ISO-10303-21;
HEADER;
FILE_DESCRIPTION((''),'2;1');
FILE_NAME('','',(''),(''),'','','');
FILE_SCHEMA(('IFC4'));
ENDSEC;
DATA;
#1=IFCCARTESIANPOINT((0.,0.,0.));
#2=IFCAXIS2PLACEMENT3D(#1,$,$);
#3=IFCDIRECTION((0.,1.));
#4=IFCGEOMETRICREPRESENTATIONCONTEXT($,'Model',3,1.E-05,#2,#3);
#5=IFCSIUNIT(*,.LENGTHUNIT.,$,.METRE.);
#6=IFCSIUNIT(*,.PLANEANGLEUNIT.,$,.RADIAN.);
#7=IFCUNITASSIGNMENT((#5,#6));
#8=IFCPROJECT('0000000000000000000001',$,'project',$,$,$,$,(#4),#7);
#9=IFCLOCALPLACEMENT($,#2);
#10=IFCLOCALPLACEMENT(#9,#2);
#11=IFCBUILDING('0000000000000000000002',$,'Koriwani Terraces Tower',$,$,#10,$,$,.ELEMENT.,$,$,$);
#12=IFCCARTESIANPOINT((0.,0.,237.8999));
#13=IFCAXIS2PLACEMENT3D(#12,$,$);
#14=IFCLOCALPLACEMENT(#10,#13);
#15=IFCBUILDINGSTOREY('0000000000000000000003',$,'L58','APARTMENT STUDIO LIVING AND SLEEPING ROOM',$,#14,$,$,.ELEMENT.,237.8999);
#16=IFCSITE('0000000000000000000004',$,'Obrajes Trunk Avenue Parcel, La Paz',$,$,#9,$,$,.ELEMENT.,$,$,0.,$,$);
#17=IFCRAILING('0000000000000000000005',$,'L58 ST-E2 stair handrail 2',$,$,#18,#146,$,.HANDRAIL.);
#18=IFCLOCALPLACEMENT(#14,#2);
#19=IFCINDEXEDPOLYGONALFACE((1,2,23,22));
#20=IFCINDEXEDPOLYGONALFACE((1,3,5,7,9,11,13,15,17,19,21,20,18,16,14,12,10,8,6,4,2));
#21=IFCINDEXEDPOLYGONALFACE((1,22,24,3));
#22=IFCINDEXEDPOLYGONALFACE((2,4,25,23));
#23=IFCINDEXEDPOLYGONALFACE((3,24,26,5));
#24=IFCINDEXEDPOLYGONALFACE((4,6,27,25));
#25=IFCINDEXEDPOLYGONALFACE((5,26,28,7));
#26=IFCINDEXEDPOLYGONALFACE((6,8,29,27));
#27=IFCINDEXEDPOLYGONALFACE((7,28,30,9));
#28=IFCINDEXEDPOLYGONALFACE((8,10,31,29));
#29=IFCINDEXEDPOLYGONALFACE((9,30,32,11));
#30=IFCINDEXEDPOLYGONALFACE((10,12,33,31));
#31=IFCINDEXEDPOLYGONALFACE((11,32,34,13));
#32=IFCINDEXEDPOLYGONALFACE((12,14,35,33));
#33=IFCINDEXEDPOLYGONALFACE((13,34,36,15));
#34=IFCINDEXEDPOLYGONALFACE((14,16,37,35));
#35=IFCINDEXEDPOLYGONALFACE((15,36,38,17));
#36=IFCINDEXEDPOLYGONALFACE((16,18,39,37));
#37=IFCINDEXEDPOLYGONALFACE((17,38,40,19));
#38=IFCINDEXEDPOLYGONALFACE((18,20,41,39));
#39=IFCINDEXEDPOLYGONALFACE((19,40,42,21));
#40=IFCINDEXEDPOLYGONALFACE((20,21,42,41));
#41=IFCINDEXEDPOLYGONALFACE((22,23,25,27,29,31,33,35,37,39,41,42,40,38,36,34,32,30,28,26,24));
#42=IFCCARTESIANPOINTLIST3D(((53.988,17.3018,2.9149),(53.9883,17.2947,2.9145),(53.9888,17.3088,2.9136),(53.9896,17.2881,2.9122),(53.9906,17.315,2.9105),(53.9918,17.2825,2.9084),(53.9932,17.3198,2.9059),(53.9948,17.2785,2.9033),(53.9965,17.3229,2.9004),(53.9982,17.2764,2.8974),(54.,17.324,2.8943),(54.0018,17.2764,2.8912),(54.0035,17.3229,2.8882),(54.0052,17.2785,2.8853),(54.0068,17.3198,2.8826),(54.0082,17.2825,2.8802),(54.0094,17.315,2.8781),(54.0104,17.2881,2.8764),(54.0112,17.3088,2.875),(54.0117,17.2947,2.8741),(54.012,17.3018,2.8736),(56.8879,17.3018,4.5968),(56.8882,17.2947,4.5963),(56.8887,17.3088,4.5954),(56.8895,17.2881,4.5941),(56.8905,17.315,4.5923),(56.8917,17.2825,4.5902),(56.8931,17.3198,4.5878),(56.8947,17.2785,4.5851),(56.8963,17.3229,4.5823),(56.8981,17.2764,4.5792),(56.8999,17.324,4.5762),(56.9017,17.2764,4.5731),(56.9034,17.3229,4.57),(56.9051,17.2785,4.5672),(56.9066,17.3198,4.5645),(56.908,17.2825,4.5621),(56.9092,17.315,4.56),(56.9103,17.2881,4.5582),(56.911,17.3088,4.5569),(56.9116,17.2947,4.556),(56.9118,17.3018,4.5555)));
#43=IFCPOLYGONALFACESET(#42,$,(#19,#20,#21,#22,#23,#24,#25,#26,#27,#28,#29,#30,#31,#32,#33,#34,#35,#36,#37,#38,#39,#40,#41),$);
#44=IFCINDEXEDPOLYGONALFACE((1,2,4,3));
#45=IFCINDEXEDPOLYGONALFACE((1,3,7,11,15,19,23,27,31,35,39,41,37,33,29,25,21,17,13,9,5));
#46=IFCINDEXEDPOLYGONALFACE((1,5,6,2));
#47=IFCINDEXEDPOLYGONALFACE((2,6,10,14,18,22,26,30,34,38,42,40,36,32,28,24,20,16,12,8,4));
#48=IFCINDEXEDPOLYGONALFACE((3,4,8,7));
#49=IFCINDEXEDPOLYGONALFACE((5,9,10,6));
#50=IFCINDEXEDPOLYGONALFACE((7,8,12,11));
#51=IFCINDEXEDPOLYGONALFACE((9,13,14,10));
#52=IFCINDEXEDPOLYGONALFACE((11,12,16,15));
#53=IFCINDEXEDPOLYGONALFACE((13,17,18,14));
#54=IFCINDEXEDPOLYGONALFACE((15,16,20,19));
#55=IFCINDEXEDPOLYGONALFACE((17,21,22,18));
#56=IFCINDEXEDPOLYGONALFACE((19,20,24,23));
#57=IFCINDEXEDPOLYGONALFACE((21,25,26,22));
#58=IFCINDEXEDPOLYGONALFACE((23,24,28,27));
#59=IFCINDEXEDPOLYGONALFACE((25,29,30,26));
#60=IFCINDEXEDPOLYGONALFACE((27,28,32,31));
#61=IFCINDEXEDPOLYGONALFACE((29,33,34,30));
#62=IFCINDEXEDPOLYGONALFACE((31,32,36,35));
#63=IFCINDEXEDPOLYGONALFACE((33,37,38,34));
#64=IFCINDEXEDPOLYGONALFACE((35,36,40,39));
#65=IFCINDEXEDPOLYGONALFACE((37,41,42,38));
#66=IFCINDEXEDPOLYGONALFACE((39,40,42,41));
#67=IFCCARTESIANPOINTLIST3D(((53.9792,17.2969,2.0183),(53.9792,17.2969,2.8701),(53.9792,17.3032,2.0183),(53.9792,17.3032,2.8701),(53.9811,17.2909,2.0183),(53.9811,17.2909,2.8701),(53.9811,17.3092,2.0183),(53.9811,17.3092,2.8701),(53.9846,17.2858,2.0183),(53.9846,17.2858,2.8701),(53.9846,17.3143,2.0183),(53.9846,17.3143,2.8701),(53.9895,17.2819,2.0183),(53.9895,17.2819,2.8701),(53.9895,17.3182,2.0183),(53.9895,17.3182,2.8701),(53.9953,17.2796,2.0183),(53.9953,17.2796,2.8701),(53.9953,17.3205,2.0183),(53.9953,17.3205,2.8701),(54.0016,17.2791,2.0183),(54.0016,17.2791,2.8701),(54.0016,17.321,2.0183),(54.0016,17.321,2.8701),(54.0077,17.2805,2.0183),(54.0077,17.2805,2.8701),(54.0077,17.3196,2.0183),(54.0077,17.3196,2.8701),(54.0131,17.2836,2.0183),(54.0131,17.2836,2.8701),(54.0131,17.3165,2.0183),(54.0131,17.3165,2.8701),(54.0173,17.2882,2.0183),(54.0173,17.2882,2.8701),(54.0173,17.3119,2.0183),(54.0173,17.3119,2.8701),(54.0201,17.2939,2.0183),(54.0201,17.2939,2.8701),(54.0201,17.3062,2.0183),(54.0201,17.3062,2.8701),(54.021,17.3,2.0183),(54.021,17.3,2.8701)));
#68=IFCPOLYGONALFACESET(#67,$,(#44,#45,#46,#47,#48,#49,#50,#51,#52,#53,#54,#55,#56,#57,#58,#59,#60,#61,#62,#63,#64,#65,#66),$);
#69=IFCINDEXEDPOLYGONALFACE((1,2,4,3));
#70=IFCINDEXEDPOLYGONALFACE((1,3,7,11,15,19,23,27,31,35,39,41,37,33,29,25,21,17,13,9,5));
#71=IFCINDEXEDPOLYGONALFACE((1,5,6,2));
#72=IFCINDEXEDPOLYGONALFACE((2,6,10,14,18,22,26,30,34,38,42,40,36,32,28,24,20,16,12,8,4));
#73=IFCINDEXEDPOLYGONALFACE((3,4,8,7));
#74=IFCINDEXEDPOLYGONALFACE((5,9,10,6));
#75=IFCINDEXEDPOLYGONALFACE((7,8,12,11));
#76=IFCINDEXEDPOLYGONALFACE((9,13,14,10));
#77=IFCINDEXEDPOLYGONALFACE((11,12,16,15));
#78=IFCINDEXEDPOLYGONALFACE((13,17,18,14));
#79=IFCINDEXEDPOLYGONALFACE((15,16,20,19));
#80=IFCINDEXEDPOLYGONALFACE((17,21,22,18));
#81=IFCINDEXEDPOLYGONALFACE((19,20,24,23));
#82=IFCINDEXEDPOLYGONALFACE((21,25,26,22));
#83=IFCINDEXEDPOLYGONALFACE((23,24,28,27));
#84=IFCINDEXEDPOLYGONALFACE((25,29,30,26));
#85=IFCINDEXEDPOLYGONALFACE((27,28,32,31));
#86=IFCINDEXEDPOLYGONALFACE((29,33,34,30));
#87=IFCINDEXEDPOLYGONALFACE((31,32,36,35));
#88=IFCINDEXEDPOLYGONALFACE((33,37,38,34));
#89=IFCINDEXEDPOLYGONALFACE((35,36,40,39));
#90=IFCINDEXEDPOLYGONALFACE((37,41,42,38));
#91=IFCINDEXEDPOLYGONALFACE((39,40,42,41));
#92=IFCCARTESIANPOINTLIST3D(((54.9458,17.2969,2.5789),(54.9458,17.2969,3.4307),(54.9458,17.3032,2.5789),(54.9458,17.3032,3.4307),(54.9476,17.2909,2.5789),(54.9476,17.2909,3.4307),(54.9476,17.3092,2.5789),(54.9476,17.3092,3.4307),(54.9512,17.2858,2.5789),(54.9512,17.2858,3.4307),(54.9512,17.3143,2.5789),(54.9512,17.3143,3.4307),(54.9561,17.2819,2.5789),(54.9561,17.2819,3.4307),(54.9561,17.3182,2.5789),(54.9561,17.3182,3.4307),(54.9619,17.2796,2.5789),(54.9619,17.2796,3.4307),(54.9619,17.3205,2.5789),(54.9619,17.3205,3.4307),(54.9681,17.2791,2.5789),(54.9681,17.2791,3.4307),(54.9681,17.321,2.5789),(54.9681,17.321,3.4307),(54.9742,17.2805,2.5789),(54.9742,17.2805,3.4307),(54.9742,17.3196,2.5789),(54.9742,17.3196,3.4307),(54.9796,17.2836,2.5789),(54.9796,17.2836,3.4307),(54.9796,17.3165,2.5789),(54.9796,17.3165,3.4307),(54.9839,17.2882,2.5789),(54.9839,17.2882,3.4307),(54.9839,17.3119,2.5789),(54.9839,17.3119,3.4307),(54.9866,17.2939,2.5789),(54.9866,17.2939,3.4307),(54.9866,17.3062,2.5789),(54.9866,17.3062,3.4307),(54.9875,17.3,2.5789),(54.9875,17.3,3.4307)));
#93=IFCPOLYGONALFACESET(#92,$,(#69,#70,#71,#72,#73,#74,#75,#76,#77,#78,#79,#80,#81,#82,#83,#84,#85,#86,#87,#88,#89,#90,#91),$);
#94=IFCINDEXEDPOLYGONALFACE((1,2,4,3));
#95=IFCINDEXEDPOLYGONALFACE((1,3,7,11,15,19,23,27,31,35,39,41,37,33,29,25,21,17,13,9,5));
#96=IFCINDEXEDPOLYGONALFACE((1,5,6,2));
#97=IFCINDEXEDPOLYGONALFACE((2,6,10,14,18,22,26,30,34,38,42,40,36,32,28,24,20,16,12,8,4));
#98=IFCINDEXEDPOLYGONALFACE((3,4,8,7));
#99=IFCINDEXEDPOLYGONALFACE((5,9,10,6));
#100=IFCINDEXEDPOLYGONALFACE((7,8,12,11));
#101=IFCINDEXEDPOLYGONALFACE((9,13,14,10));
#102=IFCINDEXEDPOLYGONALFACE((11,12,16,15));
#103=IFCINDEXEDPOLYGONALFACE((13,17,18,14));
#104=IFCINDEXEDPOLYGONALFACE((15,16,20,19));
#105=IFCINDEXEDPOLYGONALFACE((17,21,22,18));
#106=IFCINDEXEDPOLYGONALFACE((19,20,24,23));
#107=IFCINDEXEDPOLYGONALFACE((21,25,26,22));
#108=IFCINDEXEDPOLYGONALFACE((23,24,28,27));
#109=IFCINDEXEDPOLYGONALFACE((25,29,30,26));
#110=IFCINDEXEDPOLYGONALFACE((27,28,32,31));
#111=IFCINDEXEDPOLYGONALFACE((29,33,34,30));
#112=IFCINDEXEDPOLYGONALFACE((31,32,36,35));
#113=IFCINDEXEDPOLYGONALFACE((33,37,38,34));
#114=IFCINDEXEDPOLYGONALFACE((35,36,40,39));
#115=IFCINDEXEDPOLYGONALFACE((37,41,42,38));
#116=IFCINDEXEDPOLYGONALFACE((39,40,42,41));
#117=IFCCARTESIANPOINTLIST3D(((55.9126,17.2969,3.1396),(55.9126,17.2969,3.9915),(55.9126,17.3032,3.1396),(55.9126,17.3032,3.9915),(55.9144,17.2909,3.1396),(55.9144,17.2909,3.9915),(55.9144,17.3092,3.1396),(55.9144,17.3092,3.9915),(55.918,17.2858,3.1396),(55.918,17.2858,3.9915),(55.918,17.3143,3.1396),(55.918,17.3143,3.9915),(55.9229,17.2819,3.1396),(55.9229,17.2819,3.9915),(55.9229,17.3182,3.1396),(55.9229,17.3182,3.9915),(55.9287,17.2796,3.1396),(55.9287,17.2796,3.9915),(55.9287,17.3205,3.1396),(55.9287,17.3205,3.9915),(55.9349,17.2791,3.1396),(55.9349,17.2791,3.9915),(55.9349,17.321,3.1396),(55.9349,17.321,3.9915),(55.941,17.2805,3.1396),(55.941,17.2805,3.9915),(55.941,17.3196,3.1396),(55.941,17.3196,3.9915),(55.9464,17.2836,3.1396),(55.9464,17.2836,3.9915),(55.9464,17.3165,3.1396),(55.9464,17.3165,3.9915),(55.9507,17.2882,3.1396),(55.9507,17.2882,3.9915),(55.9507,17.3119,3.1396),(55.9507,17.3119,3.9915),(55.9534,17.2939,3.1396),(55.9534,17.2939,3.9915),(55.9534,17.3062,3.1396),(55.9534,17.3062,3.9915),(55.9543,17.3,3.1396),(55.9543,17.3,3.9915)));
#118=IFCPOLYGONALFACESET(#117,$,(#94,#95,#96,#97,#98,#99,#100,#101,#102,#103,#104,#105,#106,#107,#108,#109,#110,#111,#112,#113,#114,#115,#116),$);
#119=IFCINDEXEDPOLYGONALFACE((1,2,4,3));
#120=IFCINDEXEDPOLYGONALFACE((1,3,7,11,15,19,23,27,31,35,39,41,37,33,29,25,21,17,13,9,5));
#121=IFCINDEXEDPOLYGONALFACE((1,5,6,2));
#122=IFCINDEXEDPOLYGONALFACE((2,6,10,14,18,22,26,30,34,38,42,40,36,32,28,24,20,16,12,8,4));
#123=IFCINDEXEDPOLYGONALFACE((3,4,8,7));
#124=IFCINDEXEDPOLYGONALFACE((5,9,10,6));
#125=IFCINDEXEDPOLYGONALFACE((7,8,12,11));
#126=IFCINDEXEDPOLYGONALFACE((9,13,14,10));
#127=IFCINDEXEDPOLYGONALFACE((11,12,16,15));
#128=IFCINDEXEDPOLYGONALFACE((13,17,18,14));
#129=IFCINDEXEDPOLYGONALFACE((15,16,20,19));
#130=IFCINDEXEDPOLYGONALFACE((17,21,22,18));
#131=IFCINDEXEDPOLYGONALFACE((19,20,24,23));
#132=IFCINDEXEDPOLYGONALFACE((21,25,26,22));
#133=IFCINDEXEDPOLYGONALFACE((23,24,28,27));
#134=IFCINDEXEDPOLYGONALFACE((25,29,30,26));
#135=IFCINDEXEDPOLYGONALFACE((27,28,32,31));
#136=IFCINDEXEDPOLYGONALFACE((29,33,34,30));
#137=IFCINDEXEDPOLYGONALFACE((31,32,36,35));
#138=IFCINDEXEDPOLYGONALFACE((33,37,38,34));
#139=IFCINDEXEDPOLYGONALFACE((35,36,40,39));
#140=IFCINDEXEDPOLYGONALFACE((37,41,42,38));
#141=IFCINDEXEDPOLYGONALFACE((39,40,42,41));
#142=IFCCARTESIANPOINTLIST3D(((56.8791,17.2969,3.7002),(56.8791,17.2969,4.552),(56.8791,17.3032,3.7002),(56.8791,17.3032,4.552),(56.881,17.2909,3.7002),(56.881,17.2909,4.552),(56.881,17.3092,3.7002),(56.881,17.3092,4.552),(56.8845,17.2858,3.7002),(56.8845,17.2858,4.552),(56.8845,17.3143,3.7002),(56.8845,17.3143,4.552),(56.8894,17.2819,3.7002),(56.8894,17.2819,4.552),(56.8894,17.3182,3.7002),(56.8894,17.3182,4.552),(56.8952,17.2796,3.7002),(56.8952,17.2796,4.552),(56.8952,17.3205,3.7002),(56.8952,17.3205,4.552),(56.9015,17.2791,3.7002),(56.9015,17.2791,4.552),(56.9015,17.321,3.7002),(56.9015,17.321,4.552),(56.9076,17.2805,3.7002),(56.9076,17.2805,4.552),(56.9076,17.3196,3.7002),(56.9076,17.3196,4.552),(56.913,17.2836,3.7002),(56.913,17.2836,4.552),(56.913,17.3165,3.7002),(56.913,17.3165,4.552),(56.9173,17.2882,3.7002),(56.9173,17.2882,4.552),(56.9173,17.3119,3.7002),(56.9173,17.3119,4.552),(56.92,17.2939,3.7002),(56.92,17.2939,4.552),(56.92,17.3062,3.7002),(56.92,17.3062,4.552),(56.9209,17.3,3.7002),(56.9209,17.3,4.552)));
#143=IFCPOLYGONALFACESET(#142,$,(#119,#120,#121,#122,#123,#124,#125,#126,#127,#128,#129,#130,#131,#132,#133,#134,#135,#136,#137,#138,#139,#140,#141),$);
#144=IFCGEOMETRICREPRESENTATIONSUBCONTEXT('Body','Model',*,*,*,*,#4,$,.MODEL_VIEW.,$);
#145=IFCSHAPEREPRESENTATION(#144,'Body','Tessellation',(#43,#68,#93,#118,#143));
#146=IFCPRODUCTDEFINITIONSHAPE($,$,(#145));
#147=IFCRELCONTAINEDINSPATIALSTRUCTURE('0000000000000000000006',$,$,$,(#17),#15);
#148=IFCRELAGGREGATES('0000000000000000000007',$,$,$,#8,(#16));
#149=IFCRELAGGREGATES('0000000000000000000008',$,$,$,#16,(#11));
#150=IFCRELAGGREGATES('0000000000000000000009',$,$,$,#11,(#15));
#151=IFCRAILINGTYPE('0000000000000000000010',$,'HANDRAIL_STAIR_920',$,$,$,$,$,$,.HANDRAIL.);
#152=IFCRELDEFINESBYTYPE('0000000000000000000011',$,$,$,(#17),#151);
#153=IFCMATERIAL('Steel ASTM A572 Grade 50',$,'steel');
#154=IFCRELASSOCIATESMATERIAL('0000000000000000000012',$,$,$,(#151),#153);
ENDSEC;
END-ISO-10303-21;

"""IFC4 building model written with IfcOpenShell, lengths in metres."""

from ifc_helpers import new_model, si_unit, direction, frame, origin, origin_2d, place, context, subcontext, project, spatial, circle, extrude, material, type_object, element, save


model = new_model("IFC4")

# Units and contexts
model_context = context("Model", 3, precision=1e-05, world=origin(), true_north=direction((0.0, 1.0)))
body_context = subcontext(model_context, "Body", "Model", "MODEL_VIEW")
ifc_project = project(units=[si_unit("LENGTHUNIT", "METRE"), si_unit("PLANEANGLEUNIT", "RADIAN")], contexts=[model_context])

# Site, building, storey
site_placement = place(None, origin())
site = spatial("IfcSite", under=ifc_project, at=site_placement, Name="Obrajes Trunk Avenue Parcel, La Paz", CompositionType="ELEMENT", RefElevation=0.0)
building_placement = place(site_placement, origin())
building = spatial("IfcBuilding", under=site, at=building_placement, Name="Koriwani Terraces Tower", CompositionType="ELEMENT")
storey_placement = place(building_placement, frame((0.0, 0.0, 237.8999)))
storey = spatial("IfcBuildingStorey", under=building, at=storey_placement, Name="L58", Description="APARTMENT STUDIO LIVING AND SLEEPING ROOM", CompositionType="ELEMENT", Elevation=237.8999)

# Shared definitions
ifc_material_1 = material(Name="Steel ASTM A572 Grade 50", Category="steel")

# Railing
railing_type_1 = type_object("IfcRailingType", Name="HANDRAIL_STAIR_920", PredefinedType="HANDRAIL", material=ifc_material_1)
railing_1_placement = place(storey_placement, frame((54.0, 17.3, 2.0183)))
element("IfcRailing", 1, at=railing_1_placement, inside=storey, type_object=railing_type_1, Name="L58 ST-E2 stair handrail 2", PredefinedType="HANDRAIL", context=body_context, shape_type="SweptSolid", body=[
    extrude(circle(Radius=0.0239, at=origin_2d()), frame((0.0, 0.0, 0.876), z_axis=(0.865039, 0.0, 0.501705), x_axis=(0.0, 1.0, 0.0)), (0.0, 0.0, 1.0), 3.3523),
    extrude(circle(Radius=0.021, at=origin_2d()), origin(), (0.0, 0.0, 1.0), 0.8518),
    extrude(circle(Radius=0.021, at=origin_2d()), frame((0.9666, 0.0, 0.5605)), (0.0, 0.0, 1.0), 0.8518),
    extrude(circle(Radius=0.021, at=origin_2d()), frame((1.9333, 0.0, 1.1213)), (0.0, 0.0, 1.0), 0.8518),
    extrude(circle(Radius=0.021, at=origin_2d()), frame((2.8999, 0.0, 1.6819)), (0.0, 0.0, 1.0), 0.8518),
])

save(model, "model.ifc")
